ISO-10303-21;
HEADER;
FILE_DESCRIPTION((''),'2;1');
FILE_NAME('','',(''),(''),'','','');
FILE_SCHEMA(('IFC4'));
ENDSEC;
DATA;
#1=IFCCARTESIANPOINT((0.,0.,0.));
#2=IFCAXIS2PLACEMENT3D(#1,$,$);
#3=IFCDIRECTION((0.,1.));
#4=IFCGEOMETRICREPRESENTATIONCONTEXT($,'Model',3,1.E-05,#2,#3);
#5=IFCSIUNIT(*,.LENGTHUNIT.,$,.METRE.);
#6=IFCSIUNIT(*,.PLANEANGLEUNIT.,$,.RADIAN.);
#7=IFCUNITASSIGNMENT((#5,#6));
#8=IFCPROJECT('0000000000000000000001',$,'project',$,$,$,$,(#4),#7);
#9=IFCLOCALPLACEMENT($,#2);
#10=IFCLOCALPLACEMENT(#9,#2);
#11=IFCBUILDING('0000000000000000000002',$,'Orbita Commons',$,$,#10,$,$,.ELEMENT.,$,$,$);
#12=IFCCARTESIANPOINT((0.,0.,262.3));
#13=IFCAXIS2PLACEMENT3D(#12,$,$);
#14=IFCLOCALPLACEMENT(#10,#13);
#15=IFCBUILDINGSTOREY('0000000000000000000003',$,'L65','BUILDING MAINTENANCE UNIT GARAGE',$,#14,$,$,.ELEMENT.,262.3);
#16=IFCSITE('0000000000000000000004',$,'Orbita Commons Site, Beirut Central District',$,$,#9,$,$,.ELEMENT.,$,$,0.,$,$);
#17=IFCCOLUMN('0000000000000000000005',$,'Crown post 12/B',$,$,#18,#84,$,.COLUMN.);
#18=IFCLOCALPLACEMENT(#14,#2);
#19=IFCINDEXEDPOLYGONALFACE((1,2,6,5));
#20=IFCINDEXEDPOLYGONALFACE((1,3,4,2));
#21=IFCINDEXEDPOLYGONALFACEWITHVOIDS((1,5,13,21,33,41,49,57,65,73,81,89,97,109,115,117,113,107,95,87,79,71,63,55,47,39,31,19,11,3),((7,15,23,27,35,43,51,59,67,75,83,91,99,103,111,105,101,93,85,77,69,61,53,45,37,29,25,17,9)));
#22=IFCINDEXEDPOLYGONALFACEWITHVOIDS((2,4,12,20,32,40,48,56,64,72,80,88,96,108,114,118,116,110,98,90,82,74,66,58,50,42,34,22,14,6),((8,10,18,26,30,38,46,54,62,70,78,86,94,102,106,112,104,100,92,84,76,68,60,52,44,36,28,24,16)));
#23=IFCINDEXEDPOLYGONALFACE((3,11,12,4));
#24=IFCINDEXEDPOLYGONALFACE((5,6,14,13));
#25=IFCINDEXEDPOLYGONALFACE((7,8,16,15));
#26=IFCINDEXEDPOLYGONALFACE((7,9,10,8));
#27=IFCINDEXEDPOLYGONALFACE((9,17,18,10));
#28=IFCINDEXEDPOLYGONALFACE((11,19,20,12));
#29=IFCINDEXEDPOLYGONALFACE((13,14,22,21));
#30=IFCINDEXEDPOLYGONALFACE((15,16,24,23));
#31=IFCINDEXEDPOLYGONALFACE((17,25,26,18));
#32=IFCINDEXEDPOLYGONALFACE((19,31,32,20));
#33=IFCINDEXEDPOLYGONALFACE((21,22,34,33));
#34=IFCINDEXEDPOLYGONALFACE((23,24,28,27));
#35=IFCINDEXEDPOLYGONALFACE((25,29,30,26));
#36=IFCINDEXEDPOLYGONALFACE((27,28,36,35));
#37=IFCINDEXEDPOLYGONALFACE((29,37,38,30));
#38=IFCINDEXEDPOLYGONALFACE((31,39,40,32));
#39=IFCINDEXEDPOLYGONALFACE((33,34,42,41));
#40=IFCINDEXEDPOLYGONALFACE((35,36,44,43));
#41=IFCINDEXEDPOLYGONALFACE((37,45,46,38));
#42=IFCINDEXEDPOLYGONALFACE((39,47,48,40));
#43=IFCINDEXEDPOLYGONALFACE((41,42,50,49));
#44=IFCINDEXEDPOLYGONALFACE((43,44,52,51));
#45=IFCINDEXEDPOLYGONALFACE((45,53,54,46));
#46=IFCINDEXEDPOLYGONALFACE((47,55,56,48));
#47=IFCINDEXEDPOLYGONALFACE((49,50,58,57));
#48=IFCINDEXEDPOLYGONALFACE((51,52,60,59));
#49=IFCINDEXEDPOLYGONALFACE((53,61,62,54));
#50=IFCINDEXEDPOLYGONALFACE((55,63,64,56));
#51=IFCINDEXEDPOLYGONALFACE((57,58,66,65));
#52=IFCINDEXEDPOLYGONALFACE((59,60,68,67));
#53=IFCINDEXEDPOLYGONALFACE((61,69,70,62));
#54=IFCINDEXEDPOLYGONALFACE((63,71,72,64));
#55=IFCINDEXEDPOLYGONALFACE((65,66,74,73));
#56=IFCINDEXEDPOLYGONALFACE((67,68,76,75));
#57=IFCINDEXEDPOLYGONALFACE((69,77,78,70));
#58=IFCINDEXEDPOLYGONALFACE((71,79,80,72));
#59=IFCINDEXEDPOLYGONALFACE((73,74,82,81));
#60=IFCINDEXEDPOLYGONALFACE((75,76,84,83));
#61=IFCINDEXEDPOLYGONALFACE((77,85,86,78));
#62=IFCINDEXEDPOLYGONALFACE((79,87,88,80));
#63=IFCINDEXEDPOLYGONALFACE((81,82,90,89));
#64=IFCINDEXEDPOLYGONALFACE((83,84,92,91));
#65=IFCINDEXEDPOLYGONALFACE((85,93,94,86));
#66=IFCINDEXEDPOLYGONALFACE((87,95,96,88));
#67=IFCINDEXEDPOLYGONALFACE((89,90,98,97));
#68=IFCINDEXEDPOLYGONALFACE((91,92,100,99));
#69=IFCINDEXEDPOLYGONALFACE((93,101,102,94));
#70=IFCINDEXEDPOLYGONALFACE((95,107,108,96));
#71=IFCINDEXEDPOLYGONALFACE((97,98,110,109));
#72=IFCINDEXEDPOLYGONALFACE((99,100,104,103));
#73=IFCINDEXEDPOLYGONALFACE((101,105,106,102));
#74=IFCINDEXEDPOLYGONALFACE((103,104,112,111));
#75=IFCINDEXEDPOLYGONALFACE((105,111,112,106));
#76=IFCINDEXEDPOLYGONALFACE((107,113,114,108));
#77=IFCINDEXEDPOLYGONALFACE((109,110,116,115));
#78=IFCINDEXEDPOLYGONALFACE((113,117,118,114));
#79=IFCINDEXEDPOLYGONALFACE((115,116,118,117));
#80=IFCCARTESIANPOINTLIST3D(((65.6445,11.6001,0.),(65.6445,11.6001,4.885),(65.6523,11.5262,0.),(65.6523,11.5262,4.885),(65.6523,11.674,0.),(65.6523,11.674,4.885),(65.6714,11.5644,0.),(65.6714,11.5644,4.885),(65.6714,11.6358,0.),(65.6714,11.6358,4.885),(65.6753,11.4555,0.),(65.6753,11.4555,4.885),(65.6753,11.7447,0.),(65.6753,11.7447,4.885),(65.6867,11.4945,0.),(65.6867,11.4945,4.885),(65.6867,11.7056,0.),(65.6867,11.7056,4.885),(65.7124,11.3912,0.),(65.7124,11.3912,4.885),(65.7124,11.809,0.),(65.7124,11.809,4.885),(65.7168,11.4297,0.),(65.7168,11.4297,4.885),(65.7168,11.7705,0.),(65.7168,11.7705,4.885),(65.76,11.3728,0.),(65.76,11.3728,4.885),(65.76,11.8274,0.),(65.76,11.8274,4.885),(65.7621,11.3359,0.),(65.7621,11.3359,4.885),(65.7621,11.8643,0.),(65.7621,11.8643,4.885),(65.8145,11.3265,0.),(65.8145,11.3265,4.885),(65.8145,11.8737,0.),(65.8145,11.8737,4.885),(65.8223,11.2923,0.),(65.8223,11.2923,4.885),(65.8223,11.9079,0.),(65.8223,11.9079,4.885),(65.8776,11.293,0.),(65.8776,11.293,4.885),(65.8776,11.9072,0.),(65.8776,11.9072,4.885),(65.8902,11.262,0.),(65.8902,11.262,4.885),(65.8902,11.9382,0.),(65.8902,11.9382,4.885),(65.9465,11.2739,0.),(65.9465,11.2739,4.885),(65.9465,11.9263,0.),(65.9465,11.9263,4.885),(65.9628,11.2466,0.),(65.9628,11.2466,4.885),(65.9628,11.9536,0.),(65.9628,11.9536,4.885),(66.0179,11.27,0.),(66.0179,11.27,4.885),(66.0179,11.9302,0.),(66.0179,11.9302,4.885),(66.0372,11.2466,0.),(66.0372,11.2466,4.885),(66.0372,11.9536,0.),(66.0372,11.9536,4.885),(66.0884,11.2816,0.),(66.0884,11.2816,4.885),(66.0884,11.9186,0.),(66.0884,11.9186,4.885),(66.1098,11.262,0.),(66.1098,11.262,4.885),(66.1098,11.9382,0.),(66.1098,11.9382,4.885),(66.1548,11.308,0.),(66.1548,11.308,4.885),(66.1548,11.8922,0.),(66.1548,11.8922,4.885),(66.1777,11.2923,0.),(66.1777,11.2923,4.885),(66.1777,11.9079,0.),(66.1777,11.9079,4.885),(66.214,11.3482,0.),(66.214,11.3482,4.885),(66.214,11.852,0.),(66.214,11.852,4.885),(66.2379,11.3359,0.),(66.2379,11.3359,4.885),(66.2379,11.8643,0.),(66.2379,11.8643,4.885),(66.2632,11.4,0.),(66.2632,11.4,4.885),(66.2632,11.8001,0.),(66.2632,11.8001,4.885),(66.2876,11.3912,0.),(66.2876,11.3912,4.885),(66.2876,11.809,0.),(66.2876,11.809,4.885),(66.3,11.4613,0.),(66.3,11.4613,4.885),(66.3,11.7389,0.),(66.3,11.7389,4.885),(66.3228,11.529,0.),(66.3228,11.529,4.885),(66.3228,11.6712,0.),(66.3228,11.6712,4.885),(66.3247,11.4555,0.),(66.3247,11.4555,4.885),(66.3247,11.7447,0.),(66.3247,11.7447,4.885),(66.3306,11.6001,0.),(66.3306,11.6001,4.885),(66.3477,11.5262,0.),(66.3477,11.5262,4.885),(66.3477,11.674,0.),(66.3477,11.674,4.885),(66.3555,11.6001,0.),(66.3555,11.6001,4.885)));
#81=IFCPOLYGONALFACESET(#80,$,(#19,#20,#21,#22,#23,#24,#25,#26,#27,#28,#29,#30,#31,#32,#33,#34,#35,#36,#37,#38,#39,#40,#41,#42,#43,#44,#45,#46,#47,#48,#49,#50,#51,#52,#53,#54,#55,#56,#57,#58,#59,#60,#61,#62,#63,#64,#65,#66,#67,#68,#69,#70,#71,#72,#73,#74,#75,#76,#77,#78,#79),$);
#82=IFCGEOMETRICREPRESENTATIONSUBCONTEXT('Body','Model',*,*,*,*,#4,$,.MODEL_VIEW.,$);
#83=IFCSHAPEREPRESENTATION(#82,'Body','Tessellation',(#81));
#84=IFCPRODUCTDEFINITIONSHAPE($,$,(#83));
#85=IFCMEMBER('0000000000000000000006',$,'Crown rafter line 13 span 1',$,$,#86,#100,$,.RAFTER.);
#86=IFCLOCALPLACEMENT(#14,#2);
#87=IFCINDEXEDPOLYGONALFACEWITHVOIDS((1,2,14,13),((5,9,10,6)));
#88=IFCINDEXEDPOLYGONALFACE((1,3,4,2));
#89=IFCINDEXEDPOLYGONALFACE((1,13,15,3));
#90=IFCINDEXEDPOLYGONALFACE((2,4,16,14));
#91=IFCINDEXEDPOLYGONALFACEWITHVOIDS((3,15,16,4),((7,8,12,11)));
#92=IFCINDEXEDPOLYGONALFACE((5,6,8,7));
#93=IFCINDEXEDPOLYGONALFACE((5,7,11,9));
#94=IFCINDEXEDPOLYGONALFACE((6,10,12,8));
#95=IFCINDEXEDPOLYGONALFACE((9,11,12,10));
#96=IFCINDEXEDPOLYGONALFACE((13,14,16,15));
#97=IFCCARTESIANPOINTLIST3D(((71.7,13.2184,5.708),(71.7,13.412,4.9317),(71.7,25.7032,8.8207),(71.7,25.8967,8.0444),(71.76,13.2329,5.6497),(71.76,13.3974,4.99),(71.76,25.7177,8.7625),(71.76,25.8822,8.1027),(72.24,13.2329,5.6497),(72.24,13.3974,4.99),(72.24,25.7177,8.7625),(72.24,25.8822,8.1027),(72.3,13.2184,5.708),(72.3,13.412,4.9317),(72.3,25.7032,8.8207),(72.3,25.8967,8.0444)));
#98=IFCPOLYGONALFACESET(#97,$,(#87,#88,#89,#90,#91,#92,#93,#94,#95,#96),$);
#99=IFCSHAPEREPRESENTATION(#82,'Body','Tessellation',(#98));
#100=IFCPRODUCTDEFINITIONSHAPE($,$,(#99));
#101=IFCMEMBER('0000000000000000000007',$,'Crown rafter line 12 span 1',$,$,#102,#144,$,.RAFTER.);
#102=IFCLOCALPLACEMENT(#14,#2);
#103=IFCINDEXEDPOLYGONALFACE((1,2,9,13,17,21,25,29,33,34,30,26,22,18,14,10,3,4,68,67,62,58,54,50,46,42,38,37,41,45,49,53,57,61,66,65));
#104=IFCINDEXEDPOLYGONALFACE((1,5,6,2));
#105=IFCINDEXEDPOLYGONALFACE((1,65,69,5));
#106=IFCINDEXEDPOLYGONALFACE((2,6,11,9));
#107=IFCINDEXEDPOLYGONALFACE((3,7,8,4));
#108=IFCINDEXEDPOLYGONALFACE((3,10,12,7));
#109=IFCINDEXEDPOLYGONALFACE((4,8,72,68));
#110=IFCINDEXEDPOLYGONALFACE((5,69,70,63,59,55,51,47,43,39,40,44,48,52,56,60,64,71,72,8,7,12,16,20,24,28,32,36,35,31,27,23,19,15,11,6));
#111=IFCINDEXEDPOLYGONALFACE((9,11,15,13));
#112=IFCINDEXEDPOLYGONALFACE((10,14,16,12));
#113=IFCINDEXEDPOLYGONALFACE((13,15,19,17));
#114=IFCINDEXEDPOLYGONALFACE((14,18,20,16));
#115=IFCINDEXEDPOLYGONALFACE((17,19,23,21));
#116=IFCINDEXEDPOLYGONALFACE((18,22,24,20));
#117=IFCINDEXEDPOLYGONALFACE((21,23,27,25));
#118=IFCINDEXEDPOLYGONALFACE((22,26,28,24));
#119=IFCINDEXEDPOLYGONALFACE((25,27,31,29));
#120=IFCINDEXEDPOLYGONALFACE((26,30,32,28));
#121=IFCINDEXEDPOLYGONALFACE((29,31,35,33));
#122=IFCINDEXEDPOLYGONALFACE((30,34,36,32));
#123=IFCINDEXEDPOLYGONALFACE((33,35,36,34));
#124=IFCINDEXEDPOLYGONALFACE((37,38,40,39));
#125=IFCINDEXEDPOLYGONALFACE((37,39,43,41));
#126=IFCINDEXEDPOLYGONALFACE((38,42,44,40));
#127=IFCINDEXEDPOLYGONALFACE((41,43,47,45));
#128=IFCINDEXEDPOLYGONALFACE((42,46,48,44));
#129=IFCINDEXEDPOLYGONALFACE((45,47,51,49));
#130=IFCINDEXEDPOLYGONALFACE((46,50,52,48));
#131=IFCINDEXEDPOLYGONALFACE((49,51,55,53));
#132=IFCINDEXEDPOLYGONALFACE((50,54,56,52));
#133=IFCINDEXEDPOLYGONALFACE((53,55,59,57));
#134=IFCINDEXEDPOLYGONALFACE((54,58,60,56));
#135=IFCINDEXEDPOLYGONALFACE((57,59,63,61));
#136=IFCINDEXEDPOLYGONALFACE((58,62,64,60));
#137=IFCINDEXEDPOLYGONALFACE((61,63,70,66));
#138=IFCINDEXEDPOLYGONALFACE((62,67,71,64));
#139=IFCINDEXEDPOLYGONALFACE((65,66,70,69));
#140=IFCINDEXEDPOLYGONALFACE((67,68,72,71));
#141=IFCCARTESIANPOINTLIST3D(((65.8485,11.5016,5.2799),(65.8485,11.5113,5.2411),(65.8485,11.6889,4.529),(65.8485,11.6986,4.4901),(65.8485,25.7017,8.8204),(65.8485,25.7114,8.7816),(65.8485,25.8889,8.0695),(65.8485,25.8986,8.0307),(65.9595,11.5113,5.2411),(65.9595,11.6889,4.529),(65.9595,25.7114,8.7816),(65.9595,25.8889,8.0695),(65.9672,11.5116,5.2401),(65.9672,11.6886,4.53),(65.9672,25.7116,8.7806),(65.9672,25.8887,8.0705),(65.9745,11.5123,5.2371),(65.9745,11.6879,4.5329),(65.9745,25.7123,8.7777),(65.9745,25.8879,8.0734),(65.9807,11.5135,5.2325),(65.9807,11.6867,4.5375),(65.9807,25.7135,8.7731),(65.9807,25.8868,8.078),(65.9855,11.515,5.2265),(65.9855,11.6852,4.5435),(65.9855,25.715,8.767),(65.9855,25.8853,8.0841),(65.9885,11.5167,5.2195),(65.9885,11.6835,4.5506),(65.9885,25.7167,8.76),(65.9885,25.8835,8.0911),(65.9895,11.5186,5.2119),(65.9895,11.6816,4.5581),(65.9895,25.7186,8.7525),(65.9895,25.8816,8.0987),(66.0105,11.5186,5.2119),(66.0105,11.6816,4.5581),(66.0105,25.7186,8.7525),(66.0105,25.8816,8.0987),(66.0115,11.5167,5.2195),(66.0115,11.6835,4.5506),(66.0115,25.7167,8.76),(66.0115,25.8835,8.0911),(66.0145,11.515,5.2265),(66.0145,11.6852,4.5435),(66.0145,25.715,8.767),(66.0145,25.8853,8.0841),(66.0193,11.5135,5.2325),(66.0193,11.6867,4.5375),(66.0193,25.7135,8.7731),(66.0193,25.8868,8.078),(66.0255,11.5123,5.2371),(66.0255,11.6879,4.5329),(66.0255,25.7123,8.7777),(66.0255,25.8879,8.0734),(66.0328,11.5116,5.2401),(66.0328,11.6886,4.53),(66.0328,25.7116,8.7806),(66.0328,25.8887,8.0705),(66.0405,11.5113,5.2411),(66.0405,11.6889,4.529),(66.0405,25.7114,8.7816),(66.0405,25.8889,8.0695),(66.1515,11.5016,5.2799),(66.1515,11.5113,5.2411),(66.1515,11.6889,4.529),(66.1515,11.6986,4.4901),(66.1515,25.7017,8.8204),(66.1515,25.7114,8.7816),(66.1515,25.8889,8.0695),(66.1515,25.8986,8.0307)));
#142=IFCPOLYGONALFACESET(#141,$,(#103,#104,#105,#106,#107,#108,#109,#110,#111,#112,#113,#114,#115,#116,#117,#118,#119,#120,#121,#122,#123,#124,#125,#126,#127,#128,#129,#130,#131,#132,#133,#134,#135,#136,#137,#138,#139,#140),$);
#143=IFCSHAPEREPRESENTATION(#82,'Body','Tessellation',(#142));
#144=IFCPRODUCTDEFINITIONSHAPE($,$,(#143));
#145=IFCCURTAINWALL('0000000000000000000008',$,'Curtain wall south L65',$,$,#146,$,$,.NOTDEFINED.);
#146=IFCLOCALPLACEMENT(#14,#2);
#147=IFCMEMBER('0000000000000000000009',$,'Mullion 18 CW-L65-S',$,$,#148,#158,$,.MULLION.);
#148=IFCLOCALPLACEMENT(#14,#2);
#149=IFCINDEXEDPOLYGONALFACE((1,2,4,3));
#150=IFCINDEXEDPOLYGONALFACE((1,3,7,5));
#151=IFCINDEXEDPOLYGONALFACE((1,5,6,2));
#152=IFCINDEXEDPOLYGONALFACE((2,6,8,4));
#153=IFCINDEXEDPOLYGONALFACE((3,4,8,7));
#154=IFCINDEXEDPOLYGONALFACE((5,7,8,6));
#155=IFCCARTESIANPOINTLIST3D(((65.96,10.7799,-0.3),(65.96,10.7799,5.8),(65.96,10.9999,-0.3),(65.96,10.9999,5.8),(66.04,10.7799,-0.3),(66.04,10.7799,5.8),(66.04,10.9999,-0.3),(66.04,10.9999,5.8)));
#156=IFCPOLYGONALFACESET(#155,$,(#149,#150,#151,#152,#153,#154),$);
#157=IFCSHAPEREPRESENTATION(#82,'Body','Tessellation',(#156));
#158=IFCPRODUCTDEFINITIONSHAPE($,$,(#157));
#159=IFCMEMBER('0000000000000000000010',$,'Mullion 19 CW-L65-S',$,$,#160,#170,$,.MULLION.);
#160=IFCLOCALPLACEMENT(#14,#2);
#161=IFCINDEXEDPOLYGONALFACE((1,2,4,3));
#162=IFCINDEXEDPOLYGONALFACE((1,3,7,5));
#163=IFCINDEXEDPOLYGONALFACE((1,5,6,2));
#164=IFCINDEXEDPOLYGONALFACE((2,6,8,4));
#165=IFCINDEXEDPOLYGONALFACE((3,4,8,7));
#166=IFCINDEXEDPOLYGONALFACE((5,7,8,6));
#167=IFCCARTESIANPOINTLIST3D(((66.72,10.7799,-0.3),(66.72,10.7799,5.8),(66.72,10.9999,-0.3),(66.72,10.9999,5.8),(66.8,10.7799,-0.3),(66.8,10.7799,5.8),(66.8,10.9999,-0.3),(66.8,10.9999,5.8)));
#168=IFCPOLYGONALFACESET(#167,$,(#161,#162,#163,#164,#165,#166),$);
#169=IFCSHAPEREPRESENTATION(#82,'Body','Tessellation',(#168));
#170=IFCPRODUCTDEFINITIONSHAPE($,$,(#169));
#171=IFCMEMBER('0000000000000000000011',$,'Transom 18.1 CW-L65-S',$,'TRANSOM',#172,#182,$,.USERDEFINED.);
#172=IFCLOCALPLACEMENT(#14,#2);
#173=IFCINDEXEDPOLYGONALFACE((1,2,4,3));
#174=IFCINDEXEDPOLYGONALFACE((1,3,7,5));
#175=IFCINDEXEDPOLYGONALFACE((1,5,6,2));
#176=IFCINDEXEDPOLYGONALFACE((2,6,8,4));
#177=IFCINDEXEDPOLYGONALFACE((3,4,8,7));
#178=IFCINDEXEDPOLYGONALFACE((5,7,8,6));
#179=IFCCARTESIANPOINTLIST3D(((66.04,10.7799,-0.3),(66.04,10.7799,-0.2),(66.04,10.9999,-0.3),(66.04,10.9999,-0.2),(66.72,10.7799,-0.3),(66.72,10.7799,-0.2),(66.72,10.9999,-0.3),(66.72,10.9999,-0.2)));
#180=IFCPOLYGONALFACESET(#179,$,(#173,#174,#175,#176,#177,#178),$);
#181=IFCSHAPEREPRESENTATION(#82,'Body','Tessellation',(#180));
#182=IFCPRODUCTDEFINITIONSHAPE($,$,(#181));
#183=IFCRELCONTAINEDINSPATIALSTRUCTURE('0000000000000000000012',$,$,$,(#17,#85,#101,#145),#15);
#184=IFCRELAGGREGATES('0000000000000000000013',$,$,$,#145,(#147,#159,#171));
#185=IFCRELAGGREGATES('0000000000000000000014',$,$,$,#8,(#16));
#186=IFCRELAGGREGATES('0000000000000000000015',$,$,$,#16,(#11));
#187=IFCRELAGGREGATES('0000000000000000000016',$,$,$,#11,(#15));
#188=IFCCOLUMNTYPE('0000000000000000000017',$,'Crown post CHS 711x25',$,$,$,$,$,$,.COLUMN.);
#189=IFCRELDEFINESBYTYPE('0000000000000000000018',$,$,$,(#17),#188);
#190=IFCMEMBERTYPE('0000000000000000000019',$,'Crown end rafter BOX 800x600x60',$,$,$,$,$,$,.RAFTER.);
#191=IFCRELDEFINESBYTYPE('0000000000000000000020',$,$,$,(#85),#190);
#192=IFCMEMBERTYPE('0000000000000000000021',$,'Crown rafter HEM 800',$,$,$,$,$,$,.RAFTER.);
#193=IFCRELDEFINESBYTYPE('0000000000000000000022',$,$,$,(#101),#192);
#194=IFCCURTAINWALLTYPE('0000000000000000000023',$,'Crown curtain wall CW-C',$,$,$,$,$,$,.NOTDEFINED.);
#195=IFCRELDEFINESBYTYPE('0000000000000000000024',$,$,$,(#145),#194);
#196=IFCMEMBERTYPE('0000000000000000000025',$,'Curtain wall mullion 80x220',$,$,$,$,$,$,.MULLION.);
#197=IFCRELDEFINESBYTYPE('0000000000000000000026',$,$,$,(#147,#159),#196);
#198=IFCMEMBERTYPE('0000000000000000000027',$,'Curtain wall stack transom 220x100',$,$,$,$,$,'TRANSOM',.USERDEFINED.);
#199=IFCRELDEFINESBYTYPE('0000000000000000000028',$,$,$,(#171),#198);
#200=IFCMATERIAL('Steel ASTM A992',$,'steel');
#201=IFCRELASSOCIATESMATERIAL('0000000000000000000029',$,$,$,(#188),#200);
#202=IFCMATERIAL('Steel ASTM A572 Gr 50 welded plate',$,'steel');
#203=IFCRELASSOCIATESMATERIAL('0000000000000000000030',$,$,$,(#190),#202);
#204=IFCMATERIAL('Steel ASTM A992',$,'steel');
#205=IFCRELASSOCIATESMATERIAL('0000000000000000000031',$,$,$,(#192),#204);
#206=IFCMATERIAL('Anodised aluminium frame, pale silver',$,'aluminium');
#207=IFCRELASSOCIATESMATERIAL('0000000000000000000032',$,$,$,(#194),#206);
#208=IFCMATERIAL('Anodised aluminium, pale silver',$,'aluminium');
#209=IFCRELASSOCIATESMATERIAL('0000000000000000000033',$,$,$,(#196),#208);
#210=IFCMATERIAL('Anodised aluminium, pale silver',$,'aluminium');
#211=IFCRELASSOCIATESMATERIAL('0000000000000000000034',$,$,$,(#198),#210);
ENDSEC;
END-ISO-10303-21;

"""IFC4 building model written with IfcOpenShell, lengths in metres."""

from ifc_helpers import new_model, si_unit, direction, frame, origin, origin_2d, place, context, subcontext, project, spatial, rectangle, hollow_rectangle, hollow_circle, i_section, extrude, material, material_profile, profile_set, type_object, element, aggregate, save


model = new_model("IFC4")

# Units and contexts
model_context = context("Model", 3, precision=1e-05, world=origin(), true_north=direction((0.0, 1.0)))
body_context = subcontext(model_context, "Body", "Model", "MODEL_VIEW")
ifc_project = project(units=[si_unit("LENGTHUNIT", "METRE"), si_unit("PLANEANGLEUNIT", "RADIAN")], contexts=[model_context])

# Site, building, storey
site_placement = place(None, origin())
site = spatial("IfcSite", under=ifc_project, at=site_placement, Name="Orbita Commons Site, Beirut Central District", CompositionType="ELEMENT", RefElevation=0.0)
building_placement = place(site_placement, origin())
building = spatial("IfcBuilding", under=site, at=building_placement, Name="Orbita Commons", CompositionType="ELEMENT")
storey_placement = place(building_placement, frame((0.0, 0.0, 262.3)))
storey = spatial("IfcBuildingStorey", under=building, at=storey_placement, Name="L65", Description="BUILDING MAINTENANCE UNIT GARAGE", CompositionType="ELEMENT", Elevation=262.3)

# Column
ifc_material_1 = material(Name="Steel ASTM A992", Category="steel")
ifc_material_profile_1 = material_profile(ifc_material_1, hollow_circle(Radius=0.3555, WallThickness=0.0249, at=origin_2d()), Name="CHS 711x25")
ifc_profile_set_1 = profile_set([ifc_material_profile_1], Name="Steel ASTM A992")
column_type = type_object("IfcColumnType", Name="Crown post CHS 711x25", PredefinedType="COLUMN", material=ifc_profile_set_1)
column_placement = place(storey_placement, frame((66.0, 11.6001, 0.0), z_axis=(0.0, 0.0, 1.0), x_axis=(1.0, 0.0, 0.0)))
element("IfcColumn", 1, at=column_placement, inside=storey, type_object=column_type, Name="Crown post 12/B", PredefinedType="COLUMN", context=body_context, shape_type="SweptSolid", body=[
    extrude(hollow_circle(Radius=0.3555, WallThickness=0.0249, at=origin_2d()), origin(), (0.0, 0.0, 1.0), 4.885),
])

# Members
ifc_material_2 = material(Name="Steel ASTM A572 Gr 50 welded plate", Category="steel")
ifc_material_profile_2 = material_profile(ifc_material_2, hollow_rectangle(XDim=0.6001, YDim=0.8, WallThickness=0.0601, at=origin_2d()), Name="BOX 800x600x60")
ifc_profile_set_2 = profile_set([ifc_material_profile_2], Name="Steel ASTM A572 Gr 50 welded plate")
member_type_1 = type_object("IfcMemberType", Name="Crown end rafter BOX 800x600x60", PredefinedType="RAFTER", material=ifc_profile_set_2)
member_1_placement = place(storey_placement, frame((72.0, 13.3152, 5.3198), z_axis=(0.0, 0.970296, 0.241919), x_axis=(-1.0, 0.0, 0.0)))
element("IfcMember", 2, at=member_1_placement, inside=storey, type_object=member_type_1, Name="Crown rafter line 13 span 1", PredefinedType="RAFTER", context=body_context, shape_type="SweptSolid", body=[
    extrude(hollow_rectangle(XDim=0.6001, YDim=0.8, WallThickness=0.0601, at=origin_2d()), origin(), (0.0, 0.0, 1.0), 12.8669),
])
ifc_material_3 = material(Name="Steel ASTM A992", Category="steel")
ifc_material_profile_3 = material_profile(ifc_material_3, i_section(OverallWidth=0.303, OverallDepth=0.814, WebThickness=0.021, FlangeThickness=0.04, FilletRadius=0.03, at=origin_2d()), Name="HEM 800")
ifc_profile_set_3 = profile_set([ifc_material_profile_3], Name="Steel ASTM A992")
member_type_2 = type_object("IfcMemberType", Name="Crown rafter HEM 800", PredefinedType="RAFTER", material=ifc_profile_set_3)
member_2_placement = place(storey_placement, frame((66.0, 11.6001, 4.885), z_axis=(0.0, 0.970294, 0.241927), x_axis=(-1.0, 0.0, 0.0)))
element("IfcMember", 3, at=member_2_placement, inside=storey, type_object=member_type_2, Name="Crown rafter line 12 span 1", PredefinedType="RAFTER", context=body_context, shape_type="SweptSolid", body=[
    extrude(i_section(OverallWidth=0.303, OverallDepth=0.814, WebThickness=0.021, FlangeThickness=0.04, FilletRadius=0.03, at=origin_2d()), origin(), (0.0, 0.0, 1.0), 14.6348),
])

# Curtain wall, members
ifc_material_4 = material(Name="Anodised aluminium frame, pale silver", Category="aluminium")
curtain_wall_type = type_object("IfcCurtainWallType", Name="Crown curtain wall CW-C", PredefinedType="NOTDEFINED", material=ifc_material_4)
curtain_wall_placement = place(storey_placement, origin())
curtain_wall = element("IfcCurtainWall", 4, at=curtain_wall_placement, inside=storey, type_object=curtain_wall_type, Name="Curtain wall south L65", PredefinedType="NOTDEFINED")
ifc_material_5 = material(Name="Anodised aluminium, pale silver", Category="aluminium")
ifc_material_profile_4 = material_profile(ifc_material_5, rectangle(XDim=0.0801, YDim=0.22, at=origin_2d()), Name="AL 80x220")
ifc_profile_set_4 = profile_set([ifc_material_profile_4], Name="Anodised aluminium, pale silver")
member_type_3 = type_object("IfcMemberType", Name="Curtain wall mullion 80x220", PredefinedType="MULLION", material=ifc_profile_set_4)
member_3_placement = place(storey_placement, frame((66.0, 10.8899, -0.3), z_axis=(0.0, 0.0, 1.0), x_axis=(1.0, 0.0, 0.0)))
member_3 = element("IfcMember", 5, at=member_3_placement, type_object=member_type_3, Name="Mullion 18 CW-L65-S", PredefinedType="MULLION", context=body_context, shape_type="SweptSolid", body=[
    extrude(rectangle(XDim=0.0801, YDim=0.22, at=origin_2d()), origin(), (0.0, 0.0, 1.0), 6.1001),
])
member_4_placement = place(storey_placement, frame((66.76, 10.8899, -0.3), z_axis=(0.0, 0.0, 1.0), x_axis=(1.0, 0.0, 0.0)))
member_4 = element("IfcMember", 6, at=member_4_placement, type_object=member_type_3, Name="Mullion 19 CW-L65-S", PredefinedType="MULLION", context=body_context, shape_type="SweptSolid", body=[
    extrude(rectangle(XDim=0.0801, YDim=0.22, at=origin_2d()), origin(), (0.0, 0.0, 1.0), 6.1001),
])
ifc_material_6 = material(Name="Anodised aluminium, pale silver", Category="aluminium")
ifc_material_profile_5 = material_profile(ifc_material_6, rectangle(XDim=0.22, YDim=0.1001, at=origin_2d()), Name="AL 220x100")
ifc_profile_set_5 = profile_set([ifc_material_profile_5], Name="Anodised aluminium, pale silver")
member_type_4 = type_object("IfcMemberType", Name="Curtain wall stack transom 220x100", ElementType="TRANSOM", PredefinedType="USERDEFINED", material=ifc_profile_set_5)
member_5_placement = place(storey_placement, frame((66.04, 10.8899, -0.25), z_axis=(1.0, 0.0, 0.0), x_axis=(0.0, 1.0, 0.0)))
member_5 = element("IfcMember", 7, at=member_5_placement, type_object=member_type_4, Name="Transom 18.1 CW-L65-S", ObjectType="TRANSOM", PredefinedType="USERDEFINED", context=body_context, shape_type="SweptSolid", body=[
    extrude(rectangle(XDim=0.22, YDim=0.1001, at=origin_2d()), origin(), (0.0, 0.0, 1.0), 0.6799),
])

aggregate(curtain_wall, [member_3, member_4, member_5])

save(model, "model.ifc")
